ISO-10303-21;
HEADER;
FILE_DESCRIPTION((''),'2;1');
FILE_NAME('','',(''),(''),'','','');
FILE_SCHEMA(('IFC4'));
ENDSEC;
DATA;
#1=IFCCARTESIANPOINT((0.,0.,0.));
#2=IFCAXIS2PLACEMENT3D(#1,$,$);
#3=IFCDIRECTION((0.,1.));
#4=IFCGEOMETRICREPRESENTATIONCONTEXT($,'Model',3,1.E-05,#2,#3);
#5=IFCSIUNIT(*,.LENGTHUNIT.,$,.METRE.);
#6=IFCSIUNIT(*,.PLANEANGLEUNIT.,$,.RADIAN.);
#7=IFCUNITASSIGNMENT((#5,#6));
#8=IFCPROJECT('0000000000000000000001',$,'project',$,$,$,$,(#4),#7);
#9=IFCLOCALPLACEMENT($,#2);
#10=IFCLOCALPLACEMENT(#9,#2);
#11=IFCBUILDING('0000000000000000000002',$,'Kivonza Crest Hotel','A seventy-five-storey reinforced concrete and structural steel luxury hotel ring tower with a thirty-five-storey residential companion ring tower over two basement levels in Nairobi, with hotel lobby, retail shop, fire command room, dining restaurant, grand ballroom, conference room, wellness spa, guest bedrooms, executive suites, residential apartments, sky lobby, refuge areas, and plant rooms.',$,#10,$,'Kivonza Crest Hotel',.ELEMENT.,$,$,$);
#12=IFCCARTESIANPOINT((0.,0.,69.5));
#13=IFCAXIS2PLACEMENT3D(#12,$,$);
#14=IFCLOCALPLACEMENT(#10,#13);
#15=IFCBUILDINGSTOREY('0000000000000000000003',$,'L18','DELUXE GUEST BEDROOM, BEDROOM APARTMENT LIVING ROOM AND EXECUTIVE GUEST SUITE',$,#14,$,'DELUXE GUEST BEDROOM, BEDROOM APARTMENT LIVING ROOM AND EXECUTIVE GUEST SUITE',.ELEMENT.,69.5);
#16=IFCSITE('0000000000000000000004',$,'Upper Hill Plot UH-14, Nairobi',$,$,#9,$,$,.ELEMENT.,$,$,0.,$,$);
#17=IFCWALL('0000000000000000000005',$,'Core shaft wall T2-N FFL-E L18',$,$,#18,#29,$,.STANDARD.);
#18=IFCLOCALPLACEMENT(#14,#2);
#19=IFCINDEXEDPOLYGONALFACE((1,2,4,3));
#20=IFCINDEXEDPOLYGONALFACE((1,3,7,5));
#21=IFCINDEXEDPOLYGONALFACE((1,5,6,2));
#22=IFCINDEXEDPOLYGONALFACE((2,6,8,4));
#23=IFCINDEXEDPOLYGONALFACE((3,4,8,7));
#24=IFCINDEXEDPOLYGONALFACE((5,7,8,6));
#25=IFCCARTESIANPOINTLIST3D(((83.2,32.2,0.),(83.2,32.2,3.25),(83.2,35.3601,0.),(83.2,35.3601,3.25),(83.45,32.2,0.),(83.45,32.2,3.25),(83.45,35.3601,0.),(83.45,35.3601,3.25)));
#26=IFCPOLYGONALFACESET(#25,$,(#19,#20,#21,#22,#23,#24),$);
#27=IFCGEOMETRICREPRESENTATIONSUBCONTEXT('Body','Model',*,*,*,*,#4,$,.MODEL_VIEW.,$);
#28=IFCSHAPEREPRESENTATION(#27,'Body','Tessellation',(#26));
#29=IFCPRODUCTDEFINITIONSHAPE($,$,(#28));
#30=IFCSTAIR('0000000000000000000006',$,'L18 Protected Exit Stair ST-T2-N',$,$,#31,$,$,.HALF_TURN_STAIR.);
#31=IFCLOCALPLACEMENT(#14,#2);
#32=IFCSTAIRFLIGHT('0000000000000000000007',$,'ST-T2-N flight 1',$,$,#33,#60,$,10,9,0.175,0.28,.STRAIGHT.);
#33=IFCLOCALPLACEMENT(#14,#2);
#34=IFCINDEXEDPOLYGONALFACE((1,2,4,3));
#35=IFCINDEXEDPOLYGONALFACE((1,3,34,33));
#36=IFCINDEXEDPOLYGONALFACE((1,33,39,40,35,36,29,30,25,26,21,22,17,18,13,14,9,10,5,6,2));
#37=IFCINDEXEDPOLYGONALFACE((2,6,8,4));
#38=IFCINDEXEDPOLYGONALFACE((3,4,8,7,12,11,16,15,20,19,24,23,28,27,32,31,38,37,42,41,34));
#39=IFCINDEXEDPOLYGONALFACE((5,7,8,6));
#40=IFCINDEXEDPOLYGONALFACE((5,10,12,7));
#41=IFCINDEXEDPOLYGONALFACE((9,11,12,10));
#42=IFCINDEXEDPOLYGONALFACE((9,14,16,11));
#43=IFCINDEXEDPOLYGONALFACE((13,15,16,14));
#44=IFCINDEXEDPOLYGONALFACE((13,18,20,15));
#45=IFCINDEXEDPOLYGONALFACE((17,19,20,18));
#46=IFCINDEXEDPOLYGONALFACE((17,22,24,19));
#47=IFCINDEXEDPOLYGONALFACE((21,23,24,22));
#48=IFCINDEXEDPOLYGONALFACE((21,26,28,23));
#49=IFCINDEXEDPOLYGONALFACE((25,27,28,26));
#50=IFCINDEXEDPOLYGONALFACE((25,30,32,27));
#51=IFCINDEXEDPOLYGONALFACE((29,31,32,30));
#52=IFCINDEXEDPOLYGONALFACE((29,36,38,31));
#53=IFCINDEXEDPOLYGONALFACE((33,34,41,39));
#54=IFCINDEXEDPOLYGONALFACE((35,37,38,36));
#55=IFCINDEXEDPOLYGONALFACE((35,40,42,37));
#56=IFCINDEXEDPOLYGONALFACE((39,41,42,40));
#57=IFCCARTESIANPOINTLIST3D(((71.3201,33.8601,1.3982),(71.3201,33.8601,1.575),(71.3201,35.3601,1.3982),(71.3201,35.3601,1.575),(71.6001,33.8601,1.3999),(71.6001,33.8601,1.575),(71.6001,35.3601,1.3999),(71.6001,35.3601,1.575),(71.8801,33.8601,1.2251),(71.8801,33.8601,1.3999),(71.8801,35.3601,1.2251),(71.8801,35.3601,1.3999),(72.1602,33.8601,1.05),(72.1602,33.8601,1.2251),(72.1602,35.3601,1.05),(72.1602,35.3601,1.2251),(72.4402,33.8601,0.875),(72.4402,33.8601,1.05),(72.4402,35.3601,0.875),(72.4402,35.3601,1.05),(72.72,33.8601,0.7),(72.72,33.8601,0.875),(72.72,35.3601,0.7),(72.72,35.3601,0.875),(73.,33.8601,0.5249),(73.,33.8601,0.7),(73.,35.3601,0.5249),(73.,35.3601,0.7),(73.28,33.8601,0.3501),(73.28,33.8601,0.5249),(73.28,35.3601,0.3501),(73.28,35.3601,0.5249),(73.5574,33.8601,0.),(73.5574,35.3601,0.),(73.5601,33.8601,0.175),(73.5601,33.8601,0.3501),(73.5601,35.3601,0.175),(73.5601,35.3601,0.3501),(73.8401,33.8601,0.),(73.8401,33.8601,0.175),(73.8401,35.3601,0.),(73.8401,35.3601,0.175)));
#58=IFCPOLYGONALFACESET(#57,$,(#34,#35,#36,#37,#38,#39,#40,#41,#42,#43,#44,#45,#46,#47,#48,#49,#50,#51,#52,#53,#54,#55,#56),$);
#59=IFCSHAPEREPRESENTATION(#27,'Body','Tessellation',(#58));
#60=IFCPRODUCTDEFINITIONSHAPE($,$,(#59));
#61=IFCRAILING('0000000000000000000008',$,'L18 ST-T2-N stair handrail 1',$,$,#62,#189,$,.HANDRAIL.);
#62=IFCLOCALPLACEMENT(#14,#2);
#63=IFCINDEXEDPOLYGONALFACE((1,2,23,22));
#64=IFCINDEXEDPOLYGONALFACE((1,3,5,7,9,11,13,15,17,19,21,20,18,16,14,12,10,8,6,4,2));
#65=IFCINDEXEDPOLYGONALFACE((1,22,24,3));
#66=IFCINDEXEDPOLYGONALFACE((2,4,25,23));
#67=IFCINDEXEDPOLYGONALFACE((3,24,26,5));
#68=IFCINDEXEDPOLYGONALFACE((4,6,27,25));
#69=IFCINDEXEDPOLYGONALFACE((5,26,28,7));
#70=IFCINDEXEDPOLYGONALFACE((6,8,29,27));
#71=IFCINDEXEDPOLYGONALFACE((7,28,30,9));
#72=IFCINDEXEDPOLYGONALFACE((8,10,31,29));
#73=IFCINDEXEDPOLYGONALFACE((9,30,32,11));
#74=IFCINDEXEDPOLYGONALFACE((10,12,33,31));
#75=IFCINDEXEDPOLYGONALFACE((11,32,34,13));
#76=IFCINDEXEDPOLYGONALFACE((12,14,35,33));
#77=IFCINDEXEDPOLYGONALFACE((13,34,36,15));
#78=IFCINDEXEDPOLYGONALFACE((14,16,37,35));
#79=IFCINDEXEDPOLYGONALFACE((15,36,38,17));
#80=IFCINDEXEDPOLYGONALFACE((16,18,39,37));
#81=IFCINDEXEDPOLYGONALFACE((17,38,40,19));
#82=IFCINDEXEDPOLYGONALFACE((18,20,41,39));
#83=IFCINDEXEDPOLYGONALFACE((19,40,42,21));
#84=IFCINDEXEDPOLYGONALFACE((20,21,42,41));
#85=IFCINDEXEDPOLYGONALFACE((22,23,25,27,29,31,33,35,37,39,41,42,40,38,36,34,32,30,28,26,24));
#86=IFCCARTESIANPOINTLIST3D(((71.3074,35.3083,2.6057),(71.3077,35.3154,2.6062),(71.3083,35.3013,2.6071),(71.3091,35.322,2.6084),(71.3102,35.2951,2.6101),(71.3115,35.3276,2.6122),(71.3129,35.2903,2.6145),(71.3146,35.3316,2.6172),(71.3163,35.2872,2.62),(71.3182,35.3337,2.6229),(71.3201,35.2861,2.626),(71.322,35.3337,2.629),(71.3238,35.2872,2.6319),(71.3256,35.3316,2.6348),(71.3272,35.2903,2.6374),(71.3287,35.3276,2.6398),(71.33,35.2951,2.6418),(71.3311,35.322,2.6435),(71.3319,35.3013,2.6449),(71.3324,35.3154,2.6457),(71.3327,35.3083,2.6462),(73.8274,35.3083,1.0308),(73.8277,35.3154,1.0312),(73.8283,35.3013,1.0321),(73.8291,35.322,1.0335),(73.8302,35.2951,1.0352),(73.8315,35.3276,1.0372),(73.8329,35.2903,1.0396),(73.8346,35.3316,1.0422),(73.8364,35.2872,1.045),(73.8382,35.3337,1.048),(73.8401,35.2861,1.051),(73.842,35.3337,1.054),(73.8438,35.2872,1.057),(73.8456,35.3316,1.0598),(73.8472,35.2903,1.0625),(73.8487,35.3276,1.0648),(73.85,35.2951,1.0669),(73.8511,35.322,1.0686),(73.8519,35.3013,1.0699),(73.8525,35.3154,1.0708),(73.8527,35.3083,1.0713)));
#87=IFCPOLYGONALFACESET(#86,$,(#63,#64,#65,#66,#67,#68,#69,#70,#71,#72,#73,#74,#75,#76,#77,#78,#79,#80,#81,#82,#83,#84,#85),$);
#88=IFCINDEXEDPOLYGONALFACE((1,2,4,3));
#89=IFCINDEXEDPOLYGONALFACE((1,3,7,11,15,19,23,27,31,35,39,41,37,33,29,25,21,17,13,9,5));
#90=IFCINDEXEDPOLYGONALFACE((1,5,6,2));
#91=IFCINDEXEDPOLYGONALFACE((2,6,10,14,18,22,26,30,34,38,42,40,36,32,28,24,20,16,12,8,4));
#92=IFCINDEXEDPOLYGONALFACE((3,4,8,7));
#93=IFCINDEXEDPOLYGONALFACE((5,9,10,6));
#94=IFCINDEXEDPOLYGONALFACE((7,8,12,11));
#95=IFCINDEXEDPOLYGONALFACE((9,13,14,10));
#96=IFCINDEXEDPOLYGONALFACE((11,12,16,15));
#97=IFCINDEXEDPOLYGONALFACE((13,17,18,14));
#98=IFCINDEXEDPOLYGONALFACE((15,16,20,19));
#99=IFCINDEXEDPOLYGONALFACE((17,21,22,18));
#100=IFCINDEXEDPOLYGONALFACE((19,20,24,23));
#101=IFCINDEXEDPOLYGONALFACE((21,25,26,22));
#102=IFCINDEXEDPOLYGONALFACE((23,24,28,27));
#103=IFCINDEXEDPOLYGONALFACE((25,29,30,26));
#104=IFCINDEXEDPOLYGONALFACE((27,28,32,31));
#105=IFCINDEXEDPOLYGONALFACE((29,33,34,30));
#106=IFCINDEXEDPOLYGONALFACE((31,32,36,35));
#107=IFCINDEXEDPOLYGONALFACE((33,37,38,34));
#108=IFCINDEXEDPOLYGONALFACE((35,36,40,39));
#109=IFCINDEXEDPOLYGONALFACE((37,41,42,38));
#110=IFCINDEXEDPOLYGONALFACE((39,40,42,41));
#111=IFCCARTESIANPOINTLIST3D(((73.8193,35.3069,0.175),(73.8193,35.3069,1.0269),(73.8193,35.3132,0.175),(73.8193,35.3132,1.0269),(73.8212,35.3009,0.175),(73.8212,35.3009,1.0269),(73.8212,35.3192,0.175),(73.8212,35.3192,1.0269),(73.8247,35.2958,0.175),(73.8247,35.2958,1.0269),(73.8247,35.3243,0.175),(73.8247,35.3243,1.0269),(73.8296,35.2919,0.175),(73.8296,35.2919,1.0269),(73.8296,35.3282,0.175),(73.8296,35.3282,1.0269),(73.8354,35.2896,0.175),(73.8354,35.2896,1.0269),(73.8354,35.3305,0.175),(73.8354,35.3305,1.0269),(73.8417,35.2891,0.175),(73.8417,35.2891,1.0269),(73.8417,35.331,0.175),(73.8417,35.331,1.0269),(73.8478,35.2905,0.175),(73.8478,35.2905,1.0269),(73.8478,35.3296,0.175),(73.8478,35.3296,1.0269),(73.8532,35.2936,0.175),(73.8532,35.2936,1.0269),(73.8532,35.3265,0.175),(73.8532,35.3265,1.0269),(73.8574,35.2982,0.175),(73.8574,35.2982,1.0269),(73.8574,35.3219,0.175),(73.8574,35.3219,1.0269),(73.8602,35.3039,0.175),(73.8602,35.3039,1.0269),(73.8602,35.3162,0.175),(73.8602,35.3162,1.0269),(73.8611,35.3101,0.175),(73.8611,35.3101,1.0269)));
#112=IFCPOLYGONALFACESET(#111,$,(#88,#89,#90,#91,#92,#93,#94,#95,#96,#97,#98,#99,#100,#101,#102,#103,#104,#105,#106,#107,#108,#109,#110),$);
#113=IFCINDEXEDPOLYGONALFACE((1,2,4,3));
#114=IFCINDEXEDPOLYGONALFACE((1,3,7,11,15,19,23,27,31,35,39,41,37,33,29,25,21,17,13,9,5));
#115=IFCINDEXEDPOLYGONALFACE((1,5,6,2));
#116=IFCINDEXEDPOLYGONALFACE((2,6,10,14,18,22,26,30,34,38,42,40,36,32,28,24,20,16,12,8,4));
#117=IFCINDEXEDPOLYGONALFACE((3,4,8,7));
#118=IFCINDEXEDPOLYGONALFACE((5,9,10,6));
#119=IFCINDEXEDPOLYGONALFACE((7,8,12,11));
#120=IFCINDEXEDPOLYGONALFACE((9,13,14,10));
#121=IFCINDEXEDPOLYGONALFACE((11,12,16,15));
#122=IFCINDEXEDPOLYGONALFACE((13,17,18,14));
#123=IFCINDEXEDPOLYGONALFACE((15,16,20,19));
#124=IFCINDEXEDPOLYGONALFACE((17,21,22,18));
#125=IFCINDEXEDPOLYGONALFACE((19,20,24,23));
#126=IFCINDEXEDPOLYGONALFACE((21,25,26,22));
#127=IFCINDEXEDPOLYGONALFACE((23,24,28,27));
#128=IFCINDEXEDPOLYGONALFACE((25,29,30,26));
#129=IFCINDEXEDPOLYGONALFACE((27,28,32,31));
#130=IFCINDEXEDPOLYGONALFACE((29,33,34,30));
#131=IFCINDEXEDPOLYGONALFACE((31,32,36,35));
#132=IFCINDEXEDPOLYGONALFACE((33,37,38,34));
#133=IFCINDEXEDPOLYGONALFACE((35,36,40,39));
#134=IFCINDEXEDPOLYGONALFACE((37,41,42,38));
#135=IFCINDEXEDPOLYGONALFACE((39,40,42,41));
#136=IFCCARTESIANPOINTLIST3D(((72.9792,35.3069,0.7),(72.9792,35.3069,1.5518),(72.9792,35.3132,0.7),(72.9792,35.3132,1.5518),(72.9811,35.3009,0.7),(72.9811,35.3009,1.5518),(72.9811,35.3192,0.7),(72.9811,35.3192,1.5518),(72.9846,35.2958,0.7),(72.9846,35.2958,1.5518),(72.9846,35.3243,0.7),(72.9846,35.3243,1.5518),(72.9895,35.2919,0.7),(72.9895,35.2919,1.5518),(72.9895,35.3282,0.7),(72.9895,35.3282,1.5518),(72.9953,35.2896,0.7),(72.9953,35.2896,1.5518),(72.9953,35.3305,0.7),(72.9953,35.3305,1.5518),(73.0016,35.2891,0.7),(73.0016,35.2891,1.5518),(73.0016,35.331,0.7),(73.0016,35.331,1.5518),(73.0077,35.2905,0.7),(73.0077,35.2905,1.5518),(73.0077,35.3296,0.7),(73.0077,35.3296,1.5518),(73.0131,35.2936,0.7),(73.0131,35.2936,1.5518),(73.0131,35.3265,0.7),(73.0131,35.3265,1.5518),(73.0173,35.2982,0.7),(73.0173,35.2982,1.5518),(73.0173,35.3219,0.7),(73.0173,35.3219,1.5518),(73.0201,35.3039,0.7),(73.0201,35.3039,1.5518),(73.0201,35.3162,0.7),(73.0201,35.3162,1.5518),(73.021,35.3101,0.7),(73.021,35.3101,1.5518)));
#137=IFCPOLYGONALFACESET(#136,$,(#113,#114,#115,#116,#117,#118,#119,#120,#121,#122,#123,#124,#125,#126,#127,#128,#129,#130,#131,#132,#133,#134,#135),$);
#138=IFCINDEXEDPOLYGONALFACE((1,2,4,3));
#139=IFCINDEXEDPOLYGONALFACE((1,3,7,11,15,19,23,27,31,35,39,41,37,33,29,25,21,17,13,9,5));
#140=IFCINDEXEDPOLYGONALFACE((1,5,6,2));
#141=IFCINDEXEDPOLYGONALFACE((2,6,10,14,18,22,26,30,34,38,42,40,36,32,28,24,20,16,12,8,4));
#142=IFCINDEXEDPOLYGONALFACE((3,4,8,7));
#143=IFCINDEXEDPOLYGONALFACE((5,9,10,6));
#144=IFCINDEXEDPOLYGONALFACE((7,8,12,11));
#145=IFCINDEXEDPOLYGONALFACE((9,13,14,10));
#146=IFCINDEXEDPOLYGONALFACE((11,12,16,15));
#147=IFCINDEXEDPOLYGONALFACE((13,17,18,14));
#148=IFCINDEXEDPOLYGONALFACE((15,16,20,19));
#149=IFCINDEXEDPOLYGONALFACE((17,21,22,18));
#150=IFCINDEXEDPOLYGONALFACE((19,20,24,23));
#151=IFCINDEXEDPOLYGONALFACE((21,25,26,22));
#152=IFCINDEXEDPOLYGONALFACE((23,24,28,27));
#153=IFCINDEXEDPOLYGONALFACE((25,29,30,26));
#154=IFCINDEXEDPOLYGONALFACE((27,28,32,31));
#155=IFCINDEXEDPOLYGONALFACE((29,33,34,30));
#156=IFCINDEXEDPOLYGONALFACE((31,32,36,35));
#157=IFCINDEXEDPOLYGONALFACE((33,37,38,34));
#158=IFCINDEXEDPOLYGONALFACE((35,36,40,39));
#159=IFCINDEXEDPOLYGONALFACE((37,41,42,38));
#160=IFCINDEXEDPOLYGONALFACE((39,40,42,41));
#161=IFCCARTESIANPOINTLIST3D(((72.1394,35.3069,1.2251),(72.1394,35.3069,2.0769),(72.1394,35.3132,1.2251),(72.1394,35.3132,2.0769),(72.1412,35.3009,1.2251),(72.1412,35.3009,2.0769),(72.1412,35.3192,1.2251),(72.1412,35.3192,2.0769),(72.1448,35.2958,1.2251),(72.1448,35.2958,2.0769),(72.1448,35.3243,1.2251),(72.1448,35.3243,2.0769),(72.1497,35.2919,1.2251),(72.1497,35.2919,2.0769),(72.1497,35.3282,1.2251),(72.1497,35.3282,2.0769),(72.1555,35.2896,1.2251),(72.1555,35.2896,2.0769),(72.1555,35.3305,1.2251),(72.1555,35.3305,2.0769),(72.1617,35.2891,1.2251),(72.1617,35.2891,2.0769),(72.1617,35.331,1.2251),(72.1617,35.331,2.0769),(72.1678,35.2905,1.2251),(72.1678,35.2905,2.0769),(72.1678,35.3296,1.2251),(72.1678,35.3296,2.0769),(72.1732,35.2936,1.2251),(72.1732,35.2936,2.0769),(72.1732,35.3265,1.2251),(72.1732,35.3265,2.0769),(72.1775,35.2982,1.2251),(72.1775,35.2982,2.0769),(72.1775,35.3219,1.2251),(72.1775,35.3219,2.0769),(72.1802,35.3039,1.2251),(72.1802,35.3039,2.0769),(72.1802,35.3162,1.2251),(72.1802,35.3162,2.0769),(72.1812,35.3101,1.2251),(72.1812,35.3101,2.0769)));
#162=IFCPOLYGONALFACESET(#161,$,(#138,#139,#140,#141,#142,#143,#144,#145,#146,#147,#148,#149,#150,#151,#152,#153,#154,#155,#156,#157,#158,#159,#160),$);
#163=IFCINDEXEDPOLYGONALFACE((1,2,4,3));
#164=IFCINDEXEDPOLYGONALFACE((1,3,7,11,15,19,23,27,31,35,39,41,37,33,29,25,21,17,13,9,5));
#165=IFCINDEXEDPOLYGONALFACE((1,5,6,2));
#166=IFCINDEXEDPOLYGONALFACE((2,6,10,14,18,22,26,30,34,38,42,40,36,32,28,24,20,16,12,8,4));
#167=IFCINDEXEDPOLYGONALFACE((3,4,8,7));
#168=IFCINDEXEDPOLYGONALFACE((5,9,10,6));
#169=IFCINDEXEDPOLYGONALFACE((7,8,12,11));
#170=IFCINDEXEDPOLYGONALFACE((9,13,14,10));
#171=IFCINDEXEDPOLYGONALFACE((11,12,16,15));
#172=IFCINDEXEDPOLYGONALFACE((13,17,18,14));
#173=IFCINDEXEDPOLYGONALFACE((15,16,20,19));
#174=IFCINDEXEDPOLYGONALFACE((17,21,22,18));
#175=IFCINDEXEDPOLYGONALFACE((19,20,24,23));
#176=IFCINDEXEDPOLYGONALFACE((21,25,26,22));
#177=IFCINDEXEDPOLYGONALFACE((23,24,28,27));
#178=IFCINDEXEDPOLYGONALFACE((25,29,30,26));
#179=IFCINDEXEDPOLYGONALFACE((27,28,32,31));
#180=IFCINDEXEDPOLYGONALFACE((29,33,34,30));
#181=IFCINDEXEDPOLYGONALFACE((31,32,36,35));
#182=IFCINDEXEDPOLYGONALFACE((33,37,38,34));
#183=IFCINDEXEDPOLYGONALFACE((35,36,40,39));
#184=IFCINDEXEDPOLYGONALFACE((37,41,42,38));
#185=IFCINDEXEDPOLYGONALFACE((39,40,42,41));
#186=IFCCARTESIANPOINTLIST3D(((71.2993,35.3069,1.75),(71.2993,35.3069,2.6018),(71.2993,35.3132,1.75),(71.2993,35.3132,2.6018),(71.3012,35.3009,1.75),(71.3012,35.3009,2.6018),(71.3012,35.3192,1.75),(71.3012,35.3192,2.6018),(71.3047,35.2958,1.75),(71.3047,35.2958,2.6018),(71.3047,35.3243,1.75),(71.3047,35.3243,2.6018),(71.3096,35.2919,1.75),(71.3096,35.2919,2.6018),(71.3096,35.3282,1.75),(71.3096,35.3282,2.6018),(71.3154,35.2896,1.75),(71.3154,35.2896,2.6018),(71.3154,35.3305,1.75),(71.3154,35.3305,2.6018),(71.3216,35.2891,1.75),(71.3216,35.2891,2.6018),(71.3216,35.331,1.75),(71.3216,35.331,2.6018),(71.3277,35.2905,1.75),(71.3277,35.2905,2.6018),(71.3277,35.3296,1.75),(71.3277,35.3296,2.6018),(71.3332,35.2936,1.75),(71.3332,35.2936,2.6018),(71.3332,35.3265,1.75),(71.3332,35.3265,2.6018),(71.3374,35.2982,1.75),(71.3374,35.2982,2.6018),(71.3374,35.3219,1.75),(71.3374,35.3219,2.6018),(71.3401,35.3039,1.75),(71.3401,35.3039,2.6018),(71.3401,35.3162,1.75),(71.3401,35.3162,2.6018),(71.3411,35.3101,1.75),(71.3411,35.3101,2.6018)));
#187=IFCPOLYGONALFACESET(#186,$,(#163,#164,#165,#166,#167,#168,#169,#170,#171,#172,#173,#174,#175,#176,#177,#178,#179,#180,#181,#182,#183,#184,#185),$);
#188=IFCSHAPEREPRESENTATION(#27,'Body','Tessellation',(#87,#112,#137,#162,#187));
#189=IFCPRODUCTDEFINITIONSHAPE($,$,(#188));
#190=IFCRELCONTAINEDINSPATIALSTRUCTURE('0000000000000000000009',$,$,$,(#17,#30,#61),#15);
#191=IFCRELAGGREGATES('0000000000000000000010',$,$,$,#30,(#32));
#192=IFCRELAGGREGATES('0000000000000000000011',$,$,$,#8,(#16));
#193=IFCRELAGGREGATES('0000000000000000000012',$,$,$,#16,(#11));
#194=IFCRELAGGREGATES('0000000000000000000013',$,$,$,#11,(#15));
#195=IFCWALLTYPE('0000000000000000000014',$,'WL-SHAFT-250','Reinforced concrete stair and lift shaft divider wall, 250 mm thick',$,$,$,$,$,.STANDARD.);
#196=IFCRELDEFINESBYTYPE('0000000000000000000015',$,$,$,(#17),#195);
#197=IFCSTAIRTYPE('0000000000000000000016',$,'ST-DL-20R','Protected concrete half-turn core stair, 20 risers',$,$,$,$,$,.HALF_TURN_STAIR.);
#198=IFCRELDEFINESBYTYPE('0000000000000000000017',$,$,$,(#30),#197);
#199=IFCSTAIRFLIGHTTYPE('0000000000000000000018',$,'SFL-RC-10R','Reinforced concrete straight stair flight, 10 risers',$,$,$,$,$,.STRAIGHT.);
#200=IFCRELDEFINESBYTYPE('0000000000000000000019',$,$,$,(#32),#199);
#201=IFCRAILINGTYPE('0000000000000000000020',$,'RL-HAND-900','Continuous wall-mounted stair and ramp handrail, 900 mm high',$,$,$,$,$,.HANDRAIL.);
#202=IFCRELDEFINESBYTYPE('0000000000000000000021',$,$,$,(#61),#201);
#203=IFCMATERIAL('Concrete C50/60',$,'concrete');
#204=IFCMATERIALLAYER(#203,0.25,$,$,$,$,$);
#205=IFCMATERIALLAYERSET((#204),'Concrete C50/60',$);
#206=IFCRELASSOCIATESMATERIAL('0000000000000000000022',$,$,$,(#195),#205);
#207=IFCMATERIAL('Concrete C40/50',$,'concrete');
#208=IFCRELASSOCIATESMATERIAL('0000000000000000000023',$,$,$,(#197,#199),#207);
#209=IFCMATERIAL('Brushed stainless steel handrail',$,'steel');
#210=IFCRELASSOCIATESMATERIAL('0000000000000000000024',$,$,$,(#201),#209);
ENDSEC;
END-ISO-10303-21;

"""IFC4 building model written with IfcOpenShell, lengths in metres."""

from ifc_helpers import new_model, si_unit, direction, frame, frame_2d, origin, origin_2d, place, context, subcontext, project, spatial, polyline, rectangle, circle, outline, extrude, material, layer, layer_set, type_object, element, aggregate, save


model = new_model("IFC4")

# Units and contexts
model_context = context("Model", 3, precision=1e-05, world=origin(), true_north=direction((0.0, 1.0)))
body_context = subcontext(model_context, "Body", "Model", "MODEL_VIEW")
ifc_project = project(units=[si_unit("LENGTHUNIT", "METRE"), si_unit("PLANEANGLEUNIT", "RADIAN")], contexts=[model_context])

# Site, building, storey
site_placement = place(None, origin())
site = spatial("IfcSite", under=ifc_project, at=site_placement, Name="Upper Hill Plot UH-14, Nairobi", CompositionType="ELEMENT", RefElevation=0.0)
building_placement = place(site_placement, origin())
building = spatial("IfcBuilding", under=site, at=building_placement, Name="Kivonza Crest Hotel", Description="A seventy-five-storey reinforced concrete and structural steel luxury hotel ring tower with a thirty-five-storey residential companion ring tower over two basement levels in Nairobi, with hotel lobby, retail shop, fire command room, dining restaurant, grand ballroom, conference room, wellness spa, guest bedrooms, executive suites, residential apartments, sky lobby, refuge areas, and plant rooms.", LongName="Kivonza Crest Hotel", CompositionType="ELEMENT")
storey_placement = place(building_placement, frame((0.0, 0.0, 69.5)))
storey = spatial("IfcBuildingStorey", under=building, at=storey_placement, Name="L18", Description="DELUXE GUEST BEDROOM, BEDROOM APARTMENT LIVING ROOM AND EXECUTIVE GUEST SUITE", LongName="DELUXE GUEST BEDROOM, BEDROOM APARTMENT LIVING ROOM AND EXECUTIVE GUEST SUITE", CompositionType="ELEMENT", Elevation=69.5)

# Shared definitions
ifc_material_1 = material(Name="Concrete C50/60", Category="concrete")

# Shared definitions
ifc_layer_1 = layer(ifc_material_1, 0.25)
ifc_layer_set_1 = layer_set([ifc_layer_1], Name="Concrete C50/60")
wall_type_1 = type_object("IfcWallType", Name="WL-SHAFT-250", Description="Reinforced concrete stair and lift shaft divider wall, 250 mm thick", PredefinedType="STANDARD", material=ifc_layer_set_1)

# Wall
wall_1_placement = place(storey_placement, frame((83.325, 32.2, 0.0), z_axis=(0.0, 0.0, 1.0), x_axis=(0.0, 1.0, 0.0)))
element("IfcWall", 1, at=wall_1_placement, inside=storey, type_object=wall_type_1, Name="Core shaft wall T2-N FFL-E L18", PredefinedType="STANDARD", context=body_context, shape_type="SweptSolid", body=[
    extrude(rectangle(XDim=3.1602, YDim=0.25, at=frame_2d((1.5801, 0.0))), origin(), (0.0, 0.0, 1.0), 3.25),
])

# Stair, stair flight
ifc_material_2 = material(Name="Concrete C40/50", Category="concrete")
stair_type = type_object("IfcStairType", Name="ST-DL-20R", Description="Protected concrete half-turn core stair, 20 risers", PredefinedType="HALF_TURN_STAIR", material=ifc_material_2)
stair_placement = place(storey_placement, origin())
stair = element("IfcStair", 2, at=stair_placement, inside=storey, type_object=stair_type, Name="L18 Protected Exit Stair ST-T2-N", PredefinedType="HALF_TURN_STAIR")
stair_flight_type = type_object("IfcStairFlightType", Name="SFL-RC-10R", Description="Reinforced concrete straight stair flight, 10 risers", PredefinedType="STRAIGHT", material=ifc_material_2)
stair_flight_placement = place(storey_placement, frame((73.8401, 34.6101, 0.0), z_axis=(0.0, 0.0, 1.0), x_axis=(-1.0, 0.0, 0.0)))
stair_flight = element("IfcStairFlight", 3, at=stair_flight_placement, type_object=stair_flight_type, Name="ST-T2-N flight 1", NumberOfRisers=10, NumberOfTreads=9, PredefinedType="STRAIGHT", RiserHeight=0.175, TreadLength=0.28, context=body_context, shape_type="SweptSolid", body=[
    extrude(outline(polyline([(0.0, 0.0), (0.0, 0.175), (0.28, 0.175), (0.28, 0.3501), (0.5601, 0.3501), (0.5601, 0.5249), (0.8401, 0.5249), (0.8401, 0.7), (1.1201, 0.7), (1.1201, 0.875), (1.3999, 0.875), (1.3999, 1.05), (1.6799, 1.05), (1.6799, 1.2251), (1.96, 1.2251), (1.96, 1.3999), (2.24, 1.3999), (2.24, 1.575), (2.52, 1.575), (2.52, 1.75), (2.52, 1.3982), (0.2827, 0.0), (0.0, 0.0)])), frame((0.0, 0.75, 0.0), z_axis=(0.0, -1.0, 0.0), x_axis=(1.0, 0.0, 0.0)), (0.0, 0.0, 1.0), 1.5),
])
aggregate(stair, [stair_flight])

# Railing
ifc_material_3 = material(Name="Brushed stainless steel handrail", Category="steel")
railing_type_1 = type_object("IfcRailingType", Name="RL-HAND-900", Description="Continuous wall-mounted stair and ramp handrail, 900 mm high", PredefinedType="HANDRAIL", material=ifc_material_3)
railing_1_placement = place(storey_placement, frame((73.8401, 35.3101, 0.175)))
element("IfcRailing", 4, at=railing_1_placement, inside=storey, type_object=railing_type_1, Name="L18 ST-T2-N stair handrail 1", PredefinedType="HANDRAIL", context=body_context, shape_type="SweptSolid", body=[
    extrude(circle(Radius=0.0239, at=origin_2d()), frame((0.0, 0.0, 0.876), z_axis=(-0.848008, 0.0, 0.529984), x_axis=(0.0, -1.0, 0.0)), (0.0, 0.0, 1.0), 2.9717),
    extrude(circle(Radius=0.021, at=origin_2d()), origin(), (0.0, 0.0, 1.0), 0.8518),
    extrude(circle(Radius=0.021, at=origin_2d()), frame((-0.8401, 0.0, 0.5249)), (0.0, 0.0, 1.0), 0.8518),
    extrude(circle(Radius=0.021, at=origin_2d()), frame((-1.6799, 0.0, 1.05)), (0.0, 0.0, 1.0), 0.8518),
    extrude(circle(Radius=0.021, at=origin_2d()), frame((-2.52, 0.0, 1.575)), (0.0, 0.0, 1.0), 0.8518),
])

save(model, "model.ifc")
